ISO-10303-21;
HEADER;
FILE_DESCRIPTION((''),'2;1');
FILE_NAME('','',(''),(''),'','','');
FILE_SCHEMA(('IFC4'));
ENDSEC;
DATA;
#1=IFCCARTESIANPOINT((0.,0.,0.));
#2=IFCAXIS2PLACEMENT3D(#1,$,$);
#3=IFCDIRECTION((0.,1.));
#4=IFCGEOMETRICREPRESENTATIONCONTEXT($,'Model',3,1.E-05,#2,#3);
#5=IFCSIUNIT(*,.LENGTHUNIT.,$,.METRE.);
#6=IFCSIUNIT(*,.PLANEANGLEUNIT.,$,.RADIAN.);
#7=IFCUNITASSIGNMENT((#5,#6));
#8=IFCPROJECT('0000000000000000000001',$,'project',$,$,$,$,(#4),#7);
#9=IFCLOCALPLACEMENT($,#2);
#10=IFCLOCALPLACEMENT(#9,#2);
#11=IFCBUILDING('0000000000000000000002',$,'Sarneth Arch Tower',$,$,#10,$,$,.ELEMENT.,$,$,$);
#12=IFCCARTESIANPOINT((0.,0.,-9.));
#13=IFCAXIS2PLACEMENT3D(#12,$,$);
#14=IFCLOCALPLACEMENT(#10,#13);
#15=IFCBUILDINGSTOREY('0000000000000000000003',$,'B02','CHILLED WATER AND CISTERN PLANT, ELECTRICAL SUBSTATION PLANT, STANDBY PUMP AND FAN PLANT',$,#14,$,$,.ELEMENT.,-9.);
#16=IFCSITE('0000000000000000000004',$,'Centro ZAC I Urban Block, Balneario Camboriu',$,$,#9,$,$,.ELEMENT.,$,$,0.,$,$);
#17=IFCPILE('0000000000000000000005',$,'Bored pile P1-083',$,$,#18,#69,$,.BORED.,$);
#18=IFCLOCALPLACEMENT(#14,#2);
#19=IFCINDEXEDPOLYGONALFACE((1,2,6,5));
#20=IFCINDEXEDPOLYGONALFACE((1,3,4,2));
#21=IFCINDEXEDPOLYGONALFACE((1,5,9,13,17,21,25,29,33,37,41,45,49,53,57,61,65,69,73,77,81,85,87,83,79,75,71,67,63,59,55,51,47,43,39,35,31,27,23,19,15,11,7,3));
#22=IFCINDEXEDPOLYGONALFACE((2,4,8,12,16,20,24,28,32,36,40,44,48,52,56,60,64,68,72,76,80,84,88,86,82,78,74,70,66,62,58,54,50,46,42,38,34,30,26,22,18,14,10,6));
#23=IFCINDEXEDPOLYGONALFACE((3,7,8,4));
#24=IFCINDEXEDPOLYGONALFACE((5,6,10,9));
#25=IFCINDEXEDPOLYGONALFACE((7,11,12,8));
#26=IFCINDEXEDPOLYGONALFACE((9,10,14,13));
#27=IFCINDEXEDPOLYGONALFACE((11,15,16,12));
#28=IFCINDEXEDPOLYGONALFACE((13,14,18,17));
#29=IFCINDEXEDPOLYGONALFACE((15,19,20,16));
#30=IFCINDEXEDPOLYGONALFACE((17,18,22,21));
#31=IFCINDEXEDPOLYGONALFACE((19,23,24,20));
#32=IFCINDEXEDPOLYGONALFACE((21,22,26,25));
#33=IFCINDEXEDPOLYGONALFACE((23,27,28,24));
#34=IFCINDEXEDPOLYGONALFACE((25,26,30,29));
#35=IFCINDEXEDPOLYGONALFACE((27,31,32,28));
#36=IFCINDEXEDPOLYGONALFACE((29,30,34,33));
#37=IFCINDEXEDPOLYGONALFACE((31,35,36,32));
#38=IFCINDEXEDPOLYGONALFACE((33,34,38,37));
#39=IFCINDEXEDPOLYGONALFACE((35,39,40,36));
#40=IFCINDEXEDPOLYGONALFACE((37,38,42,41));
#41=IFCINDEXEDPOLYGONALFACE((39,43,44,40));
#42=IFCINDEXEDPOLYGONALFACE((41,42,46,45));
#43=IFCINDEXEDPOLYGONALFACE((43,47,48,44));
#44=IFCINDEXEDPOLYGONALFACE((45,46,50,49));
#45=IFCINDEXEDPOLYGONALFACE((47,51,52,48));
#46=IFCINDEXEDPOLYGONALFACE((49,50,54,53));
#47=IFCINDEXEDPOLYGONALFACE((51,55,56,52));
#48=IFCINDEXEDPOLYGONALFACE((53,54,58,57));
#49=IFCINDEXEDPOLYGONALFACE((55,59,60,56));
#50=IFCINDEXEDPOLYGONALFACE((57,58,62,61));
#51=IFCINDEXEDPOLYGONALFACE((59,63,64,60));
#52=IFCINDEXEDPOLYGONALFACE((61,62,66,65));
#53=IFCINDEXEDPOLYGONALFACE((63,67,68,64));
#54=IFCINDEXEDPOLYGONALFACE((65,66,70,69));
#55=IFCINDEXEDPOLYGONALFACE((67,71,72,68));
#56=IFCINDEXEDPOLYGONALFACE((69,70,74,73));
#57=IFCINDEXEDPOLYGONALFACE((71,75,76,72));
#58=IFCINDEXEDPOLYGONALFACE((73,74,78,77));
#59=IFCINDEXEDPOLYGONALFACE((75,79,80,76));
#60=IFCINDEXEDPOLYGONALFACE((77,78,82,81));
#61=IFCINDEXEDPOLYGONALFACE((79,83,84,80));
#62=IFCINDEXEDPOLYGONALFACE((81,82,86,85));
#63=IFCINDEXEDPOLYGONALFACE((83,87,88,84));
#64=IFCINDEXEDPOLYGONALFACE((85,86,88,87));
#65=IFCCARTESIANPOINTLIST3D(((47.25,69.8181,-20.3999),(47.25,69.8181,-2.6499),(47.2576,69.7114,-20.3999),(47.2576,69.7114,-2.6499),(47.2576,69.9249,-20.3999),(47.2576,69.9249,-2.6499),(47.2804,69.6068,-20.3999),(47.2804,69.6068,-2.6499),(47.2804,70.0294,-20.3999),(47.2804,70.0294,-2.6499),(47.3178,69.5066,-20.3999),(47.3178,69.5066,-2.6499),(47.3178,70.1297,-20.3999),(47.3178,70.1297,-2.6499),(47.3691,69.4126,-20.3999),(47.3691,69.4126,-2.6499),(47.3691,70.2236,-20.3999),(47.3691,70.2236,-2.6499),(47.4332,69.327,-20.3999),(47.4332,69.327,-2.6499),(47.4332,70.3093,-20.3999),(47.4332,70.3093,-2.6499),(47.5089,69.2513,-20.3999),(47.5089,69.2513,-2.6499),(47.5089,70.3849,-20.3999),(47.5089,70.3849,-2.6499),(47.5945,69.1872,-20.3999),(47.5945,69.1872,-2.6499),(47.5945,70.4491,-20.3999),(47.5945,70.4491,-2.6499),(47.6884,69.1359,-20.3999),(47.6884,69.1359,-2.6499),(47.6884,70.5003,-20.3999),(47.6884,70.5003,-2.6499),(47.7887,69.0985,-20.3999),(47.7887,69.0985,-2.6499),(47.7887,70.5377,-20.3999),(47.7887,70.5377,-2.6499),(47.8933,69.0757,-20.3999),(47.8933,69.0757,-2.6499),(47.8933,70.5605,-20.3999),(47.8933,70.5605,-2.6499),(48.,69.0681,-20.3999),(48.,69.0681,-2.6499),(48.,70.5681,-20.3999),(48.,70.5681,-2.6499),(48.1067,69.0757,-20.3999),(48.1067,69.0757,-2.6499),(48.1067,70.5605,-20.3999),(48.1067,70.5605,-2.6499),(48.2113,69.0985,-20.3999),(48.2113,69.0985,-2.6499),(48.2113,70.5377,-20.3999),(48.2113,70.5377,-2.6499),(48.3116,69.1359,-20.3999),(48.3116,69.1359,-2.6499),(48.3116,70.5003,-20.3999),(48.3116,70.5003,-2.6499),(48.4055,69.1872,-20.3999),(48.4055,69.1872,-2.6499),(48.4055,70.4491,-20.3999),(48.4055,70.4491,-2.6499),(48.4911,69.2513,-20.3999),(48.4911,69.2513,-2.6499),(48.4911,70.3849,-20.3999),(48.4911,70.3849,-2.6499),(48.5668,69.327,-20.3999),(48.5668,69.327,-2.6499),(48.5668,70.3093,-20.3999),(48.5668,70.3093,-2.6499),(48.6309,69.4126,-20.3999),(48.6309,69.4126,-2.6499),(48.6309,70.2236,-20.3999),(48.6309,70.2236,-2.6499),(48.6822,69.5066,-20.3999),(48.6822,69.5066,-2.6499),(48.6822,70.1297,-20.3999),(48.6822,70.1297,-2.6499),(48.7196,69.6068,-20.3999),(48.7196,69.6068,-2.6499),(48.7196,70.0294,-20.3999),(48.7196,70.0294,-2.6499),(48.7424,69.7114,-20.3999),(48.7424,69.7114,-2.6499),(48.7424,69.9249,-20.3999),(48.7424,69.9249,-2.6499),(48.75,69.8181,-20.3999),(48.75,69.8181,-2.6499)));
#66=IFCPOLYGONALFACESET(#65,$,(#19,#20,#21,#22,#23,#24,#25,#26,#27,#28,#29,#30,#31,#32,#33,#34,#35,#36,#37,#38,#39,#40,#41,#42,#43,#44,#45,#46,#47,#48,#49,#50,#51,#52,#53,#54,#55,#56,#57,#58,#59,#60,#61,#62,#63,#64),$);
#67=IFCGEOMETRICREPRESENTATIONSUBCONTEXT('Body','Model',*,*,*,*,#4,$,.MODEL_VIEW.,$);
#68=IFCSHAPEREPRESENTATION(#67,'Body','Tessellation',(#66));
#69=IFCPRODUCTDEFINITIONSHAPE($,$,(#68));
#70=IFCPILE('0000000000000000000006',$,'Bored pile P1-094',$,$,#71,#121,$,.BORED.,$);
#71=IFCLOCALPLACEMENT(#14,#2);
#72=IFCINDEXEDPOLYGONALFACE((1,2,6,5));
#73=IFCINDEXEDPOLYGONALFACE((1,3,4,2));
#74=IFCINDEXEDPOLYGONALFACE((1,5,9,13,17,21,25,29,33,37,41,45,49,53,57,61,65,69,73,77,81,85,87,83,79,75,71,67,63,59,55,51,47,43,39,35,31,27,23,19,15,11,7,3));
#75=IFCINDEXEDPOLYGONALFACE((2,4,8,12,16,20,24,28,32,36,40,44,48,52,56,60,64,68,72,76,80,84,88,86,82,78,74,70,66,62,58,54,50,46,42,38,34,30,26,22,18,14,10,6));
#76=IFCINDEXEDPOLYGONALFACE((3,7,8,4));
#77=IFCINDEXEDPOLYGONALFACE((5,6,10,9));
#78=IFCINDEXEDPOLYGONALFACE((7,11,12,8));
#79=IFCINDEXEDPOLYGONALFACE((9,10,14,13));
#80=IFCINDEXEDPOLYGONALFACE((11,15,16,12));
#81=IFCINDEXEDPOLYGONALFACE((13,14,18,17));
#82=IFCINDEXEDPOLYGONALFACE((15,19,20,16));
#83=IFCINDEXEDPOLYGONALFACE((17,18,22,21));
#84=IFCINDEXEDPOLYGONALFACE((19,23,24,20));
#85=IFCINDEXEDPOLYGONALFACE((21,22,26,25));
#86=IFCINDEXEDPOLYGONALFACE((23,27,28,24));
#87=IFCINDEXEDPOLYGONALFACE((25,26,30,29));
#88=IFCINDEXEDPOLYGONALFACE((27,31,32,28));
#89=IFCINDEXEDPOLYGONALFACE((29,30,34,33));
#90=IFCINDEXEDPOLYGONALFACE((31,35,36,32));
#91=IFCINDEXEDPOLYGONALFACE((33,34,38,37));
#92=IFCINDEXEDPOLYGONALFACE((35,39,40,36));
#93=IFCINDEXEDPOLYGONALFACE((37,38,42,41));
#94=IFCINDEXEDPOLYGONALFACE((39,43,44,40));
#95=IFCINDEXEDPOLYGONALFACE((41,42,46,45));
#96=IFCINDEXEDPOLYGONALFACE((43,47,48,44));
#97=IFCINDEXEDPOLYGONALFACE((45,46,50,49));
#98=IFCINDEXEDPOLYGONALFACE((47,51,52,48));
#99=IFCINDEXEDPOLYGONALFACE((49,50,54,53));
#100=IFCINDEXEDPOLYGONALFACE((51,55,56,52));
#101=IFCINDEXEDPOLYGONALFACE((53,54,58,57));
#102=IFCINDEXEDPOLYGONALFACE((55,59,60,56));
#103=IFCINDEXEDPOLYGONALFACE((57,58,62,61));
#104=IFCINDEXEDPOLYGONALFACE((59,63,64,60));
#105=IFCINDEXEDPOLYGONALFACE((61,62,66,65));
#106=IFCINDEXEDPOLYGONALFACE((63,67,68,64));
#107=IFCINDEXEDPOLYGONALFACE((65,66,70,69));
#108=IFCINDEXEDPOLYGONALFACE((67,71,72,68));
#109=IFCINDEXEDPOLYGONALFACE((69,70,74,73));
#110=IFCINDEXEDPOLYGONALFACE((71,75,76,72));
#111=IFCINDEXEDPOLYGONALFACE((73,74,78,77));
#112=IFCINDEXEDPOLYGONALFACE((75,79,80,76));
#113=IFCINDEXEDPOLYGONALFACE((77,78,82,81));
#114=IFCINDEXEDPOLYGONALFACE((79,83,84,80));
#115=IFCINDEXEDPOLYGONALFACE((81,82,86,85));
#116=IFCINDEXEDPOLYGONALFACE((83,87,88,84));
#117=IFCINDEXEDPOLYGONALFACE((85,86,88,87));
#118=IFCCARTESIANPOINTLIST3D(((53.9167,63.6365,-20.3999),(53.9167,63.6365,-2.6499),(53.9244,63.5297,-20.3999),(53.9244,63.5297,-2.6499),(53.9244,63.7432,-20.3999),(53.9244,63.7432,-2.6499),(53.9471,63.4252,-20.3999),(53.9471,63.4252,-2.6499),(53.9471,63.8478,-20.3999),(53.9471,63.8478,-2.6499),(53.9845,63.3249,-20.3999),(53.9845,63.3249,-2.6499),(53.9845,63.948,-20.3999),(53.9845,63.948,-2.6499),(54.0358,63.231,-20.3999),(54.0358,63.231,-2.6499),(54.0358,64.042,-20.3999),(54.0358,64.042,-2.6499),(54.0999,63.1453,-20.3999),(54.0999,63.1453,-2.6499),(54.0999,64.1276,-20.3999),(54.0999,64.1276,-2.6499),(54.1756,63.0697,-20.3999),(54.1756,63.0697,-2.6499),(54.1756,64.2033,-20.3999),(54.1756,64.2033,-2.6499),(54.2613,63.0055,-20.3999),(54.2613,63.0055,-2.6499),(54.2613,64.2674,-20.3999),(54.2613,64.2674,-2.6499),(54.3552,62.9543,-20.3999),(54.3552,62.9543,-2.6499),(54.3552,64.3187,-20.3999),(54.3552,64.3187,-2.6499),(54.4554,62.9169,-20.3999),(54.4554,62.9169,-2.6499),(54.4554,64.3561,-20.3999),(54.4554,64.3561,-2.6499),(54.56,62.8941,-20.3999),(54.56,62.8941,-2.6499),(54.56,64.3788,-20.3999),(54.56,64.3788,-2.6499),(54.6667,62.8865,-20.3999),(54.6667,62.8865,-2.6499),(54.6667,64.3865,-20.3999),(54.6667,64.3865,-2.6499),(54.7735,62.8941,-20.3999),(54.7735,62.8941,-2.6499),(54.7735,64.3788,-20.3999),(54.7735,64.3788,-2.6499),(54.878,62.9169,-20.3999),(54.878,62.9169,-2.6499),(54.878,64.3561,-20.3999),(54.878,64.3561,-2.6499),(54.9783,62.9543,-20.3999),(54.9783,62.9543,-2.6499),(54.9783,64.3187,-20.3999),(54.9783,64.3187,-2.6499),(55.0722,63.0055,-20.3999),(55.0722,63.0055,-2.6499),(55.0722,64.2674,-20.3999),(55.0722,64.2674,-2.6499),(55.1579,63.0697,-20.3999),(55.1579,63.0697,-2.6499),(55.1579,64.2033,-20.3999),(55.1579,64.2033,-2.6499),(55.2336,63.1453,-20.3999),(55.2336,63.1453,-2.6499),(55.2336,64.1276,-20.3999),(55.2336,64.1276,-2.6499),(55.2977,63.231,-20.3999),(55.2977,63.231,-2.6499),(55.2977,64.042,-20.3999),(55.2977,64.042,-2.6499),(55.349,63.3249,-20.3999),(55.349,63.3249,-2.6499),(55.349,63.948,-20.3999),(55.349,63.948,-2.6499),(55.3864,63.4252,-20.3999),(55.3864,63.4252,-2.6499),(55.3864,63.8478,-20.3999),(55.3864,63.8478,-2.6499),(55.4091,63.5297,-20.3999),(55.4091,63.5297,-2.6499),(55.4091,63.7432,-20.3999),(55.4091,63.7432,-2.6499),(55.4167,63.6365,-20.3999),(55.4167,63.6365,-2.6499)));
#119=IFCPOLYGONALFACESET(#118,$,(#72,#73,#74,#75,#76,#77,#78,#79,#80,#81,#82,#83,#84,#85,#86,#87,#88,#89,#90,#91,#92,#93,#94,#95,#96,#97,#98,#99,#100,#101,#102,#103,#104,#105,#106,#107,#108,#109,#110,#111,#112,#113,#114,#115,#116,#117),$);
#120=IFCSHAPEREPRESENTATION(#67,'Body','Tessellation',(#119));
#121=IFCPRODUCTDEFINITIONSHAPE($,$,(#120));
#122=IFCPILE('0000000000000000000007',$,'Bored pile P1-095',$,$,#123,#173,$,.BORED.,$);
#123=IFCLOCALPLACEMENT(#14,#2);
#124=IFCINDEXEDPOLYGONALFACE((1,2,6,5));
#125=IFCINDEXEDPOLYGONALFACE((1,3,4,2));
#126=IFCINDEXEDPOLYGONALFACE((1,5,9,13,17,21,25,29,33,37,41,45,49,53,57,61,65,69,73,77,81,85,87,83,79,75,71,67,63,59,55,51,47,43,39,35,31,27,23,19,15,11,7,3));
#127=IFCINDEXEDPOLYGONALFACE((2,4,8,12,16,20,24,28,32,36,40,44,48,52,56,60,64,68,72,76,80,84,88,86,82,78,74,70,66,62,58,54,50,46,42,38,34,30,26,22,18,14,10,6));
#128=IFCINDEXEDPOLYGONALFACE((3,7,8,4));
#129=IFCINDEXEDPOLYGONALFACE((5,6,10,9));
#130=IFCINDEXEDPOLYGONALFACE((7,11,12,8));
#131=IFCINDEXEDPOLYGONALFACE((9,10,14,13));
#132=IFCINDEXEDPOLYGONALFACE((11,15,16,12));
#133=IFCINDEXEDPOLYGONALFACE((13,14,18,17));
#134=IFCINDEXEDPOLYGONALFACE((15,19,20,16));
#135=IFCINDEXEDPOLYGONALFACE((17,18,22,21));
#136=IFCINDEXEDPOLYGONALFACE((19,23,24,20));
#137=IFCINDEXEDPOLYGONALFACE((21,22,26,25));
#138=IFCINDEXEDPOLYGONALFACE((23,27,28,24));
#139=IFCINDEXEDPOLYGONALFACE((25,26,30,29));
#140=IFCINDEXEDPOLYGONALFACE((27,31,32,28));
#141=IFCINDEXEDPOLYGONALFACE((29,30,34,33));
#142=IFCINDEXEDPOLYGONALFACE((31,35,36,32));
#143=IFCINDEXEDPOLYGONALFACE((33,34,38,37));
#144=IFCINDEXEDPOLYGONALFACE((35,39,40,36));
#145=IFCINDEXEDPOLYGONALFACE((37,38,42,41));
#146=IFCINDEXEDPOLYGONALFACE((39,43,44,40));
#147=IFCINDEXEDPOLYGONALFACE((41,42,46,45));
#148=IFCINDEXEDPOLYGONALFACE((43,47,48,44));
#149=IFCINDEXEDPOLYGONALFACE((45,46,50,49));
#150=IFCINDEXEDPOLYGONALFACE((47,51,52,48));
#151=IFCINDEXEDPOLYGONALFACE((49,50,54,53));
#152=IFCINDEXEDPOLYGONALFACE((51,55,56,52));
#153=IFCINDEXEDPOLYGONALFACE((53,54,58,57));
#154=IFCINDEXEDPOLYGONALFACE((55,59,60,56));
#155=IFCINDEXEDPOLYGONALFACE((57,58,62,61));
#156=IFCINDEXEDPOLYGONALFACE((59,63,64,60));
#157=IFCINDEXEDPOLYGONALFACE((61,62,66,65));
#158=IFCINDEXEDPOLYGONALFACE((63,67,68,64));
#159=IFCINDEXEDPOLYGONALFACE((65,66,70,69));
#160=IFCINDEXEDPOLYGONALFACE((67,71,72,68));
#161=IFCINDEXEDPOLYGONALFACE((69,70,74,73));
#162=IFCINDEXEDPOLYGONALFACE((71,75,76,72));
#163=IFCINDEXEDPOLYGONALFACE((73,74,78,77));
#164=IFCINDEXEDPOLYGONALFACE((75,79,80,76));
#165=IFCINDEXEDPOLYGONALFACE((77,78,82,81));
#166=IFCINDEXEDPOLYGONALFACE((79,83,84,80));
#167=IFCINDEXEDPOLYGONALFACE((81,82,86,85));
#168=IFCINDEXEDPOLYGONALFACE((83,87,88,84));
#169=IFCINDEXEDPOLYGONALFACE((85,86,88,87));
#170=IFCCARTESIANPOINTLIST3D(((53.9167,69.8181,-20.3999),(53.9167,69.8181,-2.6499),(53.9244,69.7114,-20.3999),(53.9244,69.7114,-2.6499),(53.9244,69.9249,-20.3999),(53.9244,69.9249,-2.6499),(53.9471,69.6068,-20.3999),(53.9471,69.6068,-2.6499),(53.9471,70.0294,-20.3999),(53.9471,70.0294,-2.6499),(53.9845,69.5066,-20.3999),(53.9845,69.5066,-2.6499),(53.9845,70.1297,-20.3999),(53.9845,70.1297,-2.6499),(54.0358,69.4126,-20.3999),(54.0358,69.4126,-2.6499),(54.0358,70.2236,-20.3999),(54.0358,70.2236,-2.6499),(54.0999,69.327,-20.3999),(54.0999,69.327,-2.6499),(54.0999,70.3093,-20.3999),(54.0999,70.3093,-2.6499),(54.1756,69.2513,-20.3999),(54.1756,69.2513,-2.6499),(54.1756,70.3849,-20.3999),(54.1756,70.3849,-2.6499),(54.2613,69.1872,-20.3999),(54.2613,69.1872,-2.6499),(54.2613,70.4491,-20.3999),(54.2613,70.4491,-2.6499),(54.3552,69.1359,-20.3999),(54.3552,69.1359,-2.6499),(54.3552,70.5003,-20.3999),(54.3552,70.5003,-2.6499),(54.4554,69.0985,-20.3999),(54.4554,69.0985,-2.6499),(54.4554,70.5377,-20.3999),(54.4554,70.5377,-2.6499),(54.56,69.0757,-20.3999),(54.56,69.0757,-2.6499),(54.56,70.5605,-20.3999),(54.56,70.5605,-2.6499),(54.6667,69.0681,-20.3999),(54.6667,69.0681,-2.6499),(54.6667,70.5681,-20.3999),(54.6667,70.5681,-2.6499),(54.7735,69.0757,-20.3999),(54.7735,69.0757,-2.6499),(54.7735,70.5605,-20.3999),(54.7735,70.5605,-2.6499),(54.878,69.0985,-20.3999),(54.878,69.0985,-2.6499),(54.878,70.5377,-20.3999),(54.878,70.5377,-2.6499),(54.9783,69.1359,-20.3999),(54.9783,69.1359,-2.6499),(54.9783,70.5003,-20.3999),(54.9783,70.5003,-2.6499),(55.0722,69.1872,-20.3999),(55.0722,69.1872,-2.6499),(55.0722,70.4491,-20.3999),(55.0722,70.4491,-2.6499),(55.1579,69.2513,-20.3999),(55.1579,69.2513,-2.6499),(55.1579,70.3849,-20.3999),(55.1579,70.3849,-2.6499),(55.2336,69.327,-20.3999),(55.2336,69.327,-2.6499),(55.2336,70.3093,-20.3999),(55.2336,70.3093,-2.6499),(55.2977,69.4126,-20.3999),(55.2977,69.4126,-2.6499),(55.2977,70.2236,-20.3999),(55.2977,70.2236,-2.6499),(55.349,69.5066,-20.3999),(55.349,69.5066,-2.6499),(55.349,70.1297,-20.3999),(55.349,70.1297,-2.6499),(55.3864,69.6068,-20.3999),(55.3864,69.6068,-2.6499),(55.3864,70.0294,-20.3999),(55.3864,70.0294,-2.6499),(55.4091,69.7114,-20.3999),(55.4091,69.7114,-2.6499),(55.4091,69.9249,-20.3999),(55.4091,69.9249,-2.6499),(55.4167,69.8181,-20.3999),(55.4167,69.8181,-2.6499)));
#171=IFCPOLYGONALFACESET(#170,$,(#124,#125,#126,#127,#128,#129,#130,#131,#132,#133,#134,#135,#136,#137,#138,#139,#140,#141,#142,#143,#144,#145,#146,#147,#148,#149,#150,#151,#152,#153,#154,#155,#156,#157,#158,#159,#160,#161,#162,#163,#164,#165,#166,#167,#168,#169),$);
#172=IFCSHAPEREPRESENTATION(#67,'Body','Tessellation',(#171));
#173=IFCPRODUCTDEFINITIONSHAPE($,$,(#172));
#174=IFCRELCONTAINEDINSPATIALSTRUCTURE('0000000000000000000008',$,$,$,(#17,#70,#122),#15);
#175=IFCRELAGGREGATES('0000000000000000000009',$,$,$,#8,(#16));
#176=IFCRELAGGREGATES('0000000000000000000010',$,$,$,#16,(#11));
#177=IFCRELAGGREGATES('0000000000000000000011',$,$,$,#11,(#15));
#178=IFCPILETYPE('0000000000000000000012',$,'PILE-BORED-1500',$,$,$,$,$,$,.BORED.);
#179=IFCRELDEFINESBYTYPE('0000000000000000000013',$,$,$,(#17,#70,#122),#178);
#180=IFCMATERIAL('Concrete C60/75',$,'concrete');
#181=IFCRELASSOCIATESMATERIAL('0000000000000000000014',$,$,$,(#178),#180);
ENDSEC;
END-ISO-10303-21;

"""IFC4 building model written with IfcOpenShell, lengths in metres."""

from ifc_helpers import new_model, si_unit, direction, frame, origin, origin_2d, place, context, subcontext, project, spatial, circle, extrude, material, material_profile, profile_set, type_object, element, save


model = new_model("IFC4")

# Units and contexts
model_context = context("Model", 3, precision=1e-05, world=origin(), true_north=direction((0.0, 1.0)))
body_context = subcontext(model_context, "Body", "Model", "MODEL_VIEW")
ifc_project = project(units=[si_unit("LENGTHUNIT", "METRE"), si_unit("PLANEANGLEUNIT", "RADIAN")], contexts=[model_context])

# Site, building, storey
site_placement = place(None, origin())
site = spatial("IfcSite", under=ifc_project, at=site_placement, Name="Centro ZAC I Urban Block, Balneario Camboriu", CompositionType="ELEMENT", RefElevation=0.0)
building_placement = place(site_placement, origin())
building = spatial("IfcBuilding", under=site, at=building_placement, Name="Sarneth Arch Tower", CompositionType="ELEMENT")
storey_placement = place(building_placement, frame((0.0, 0.0, -9.0)))
storey = spatial("IfcBuildingStorey", under=building, at=storey_placement, Name="B02", Description="CHILLED WATER AND CISTERN PLANT, ELECTRICAL SUBSTATION PLANT, STANDBY PUMP AND FAN PLANT", CompositionType="ELEMENT", Elevation=-9.0)

# Piles
ifc_material_1 = material(Name="Concrete C60/75", Category="concrete")
ifc_material_profile_1 = material_profile(ifc_material_1, circle(Radius=0.75, at=origin_2d()), Name="PILE-D1500")
ifc_profile_set_1 = profile_set([ifc_material_profile_1], Name="Concrete C60/75")
pile_type_1 = type_object("IfcPileType", Name="PILE-BORED-1500", PredefinedType="BORED", material=ifc_profile_set_1)
for number, where, z_axis, x_axis, name in (
    (1, (48.0, 69.8181, -2.6499), (0.0, 0.0, -1.0), (1.0, 0.0, 0.0), "Bored pile P1-083"),
    (2, (54.6667, 63.6365, -2.6499), (0.0, 0.0, -1.0), (1.0, 0.0, 0.0), "Bored pile P1-094"),
    (3, (54.6667, 69.8181, -2.6499), (0.0, 0.0, -1.0), (1.0, 0.0, 0.0), "Bored pile P1-095"),
):
    element("IfcPile", number, at=place(storey_placement, frame(where, z_axis=z_axis, x_axis=x_axis)), inside=storey, type_object=pile_type_1, Name=name, PredefinedType="BORED", context=body_context, shape_type="SweptSolid", body=[
        extrude(circle(Radius=0.75, at=origin_2d()), origin(), (0.0, 0.0, 1.0), 17.75),
    ])

save(model, "model.ifc")
